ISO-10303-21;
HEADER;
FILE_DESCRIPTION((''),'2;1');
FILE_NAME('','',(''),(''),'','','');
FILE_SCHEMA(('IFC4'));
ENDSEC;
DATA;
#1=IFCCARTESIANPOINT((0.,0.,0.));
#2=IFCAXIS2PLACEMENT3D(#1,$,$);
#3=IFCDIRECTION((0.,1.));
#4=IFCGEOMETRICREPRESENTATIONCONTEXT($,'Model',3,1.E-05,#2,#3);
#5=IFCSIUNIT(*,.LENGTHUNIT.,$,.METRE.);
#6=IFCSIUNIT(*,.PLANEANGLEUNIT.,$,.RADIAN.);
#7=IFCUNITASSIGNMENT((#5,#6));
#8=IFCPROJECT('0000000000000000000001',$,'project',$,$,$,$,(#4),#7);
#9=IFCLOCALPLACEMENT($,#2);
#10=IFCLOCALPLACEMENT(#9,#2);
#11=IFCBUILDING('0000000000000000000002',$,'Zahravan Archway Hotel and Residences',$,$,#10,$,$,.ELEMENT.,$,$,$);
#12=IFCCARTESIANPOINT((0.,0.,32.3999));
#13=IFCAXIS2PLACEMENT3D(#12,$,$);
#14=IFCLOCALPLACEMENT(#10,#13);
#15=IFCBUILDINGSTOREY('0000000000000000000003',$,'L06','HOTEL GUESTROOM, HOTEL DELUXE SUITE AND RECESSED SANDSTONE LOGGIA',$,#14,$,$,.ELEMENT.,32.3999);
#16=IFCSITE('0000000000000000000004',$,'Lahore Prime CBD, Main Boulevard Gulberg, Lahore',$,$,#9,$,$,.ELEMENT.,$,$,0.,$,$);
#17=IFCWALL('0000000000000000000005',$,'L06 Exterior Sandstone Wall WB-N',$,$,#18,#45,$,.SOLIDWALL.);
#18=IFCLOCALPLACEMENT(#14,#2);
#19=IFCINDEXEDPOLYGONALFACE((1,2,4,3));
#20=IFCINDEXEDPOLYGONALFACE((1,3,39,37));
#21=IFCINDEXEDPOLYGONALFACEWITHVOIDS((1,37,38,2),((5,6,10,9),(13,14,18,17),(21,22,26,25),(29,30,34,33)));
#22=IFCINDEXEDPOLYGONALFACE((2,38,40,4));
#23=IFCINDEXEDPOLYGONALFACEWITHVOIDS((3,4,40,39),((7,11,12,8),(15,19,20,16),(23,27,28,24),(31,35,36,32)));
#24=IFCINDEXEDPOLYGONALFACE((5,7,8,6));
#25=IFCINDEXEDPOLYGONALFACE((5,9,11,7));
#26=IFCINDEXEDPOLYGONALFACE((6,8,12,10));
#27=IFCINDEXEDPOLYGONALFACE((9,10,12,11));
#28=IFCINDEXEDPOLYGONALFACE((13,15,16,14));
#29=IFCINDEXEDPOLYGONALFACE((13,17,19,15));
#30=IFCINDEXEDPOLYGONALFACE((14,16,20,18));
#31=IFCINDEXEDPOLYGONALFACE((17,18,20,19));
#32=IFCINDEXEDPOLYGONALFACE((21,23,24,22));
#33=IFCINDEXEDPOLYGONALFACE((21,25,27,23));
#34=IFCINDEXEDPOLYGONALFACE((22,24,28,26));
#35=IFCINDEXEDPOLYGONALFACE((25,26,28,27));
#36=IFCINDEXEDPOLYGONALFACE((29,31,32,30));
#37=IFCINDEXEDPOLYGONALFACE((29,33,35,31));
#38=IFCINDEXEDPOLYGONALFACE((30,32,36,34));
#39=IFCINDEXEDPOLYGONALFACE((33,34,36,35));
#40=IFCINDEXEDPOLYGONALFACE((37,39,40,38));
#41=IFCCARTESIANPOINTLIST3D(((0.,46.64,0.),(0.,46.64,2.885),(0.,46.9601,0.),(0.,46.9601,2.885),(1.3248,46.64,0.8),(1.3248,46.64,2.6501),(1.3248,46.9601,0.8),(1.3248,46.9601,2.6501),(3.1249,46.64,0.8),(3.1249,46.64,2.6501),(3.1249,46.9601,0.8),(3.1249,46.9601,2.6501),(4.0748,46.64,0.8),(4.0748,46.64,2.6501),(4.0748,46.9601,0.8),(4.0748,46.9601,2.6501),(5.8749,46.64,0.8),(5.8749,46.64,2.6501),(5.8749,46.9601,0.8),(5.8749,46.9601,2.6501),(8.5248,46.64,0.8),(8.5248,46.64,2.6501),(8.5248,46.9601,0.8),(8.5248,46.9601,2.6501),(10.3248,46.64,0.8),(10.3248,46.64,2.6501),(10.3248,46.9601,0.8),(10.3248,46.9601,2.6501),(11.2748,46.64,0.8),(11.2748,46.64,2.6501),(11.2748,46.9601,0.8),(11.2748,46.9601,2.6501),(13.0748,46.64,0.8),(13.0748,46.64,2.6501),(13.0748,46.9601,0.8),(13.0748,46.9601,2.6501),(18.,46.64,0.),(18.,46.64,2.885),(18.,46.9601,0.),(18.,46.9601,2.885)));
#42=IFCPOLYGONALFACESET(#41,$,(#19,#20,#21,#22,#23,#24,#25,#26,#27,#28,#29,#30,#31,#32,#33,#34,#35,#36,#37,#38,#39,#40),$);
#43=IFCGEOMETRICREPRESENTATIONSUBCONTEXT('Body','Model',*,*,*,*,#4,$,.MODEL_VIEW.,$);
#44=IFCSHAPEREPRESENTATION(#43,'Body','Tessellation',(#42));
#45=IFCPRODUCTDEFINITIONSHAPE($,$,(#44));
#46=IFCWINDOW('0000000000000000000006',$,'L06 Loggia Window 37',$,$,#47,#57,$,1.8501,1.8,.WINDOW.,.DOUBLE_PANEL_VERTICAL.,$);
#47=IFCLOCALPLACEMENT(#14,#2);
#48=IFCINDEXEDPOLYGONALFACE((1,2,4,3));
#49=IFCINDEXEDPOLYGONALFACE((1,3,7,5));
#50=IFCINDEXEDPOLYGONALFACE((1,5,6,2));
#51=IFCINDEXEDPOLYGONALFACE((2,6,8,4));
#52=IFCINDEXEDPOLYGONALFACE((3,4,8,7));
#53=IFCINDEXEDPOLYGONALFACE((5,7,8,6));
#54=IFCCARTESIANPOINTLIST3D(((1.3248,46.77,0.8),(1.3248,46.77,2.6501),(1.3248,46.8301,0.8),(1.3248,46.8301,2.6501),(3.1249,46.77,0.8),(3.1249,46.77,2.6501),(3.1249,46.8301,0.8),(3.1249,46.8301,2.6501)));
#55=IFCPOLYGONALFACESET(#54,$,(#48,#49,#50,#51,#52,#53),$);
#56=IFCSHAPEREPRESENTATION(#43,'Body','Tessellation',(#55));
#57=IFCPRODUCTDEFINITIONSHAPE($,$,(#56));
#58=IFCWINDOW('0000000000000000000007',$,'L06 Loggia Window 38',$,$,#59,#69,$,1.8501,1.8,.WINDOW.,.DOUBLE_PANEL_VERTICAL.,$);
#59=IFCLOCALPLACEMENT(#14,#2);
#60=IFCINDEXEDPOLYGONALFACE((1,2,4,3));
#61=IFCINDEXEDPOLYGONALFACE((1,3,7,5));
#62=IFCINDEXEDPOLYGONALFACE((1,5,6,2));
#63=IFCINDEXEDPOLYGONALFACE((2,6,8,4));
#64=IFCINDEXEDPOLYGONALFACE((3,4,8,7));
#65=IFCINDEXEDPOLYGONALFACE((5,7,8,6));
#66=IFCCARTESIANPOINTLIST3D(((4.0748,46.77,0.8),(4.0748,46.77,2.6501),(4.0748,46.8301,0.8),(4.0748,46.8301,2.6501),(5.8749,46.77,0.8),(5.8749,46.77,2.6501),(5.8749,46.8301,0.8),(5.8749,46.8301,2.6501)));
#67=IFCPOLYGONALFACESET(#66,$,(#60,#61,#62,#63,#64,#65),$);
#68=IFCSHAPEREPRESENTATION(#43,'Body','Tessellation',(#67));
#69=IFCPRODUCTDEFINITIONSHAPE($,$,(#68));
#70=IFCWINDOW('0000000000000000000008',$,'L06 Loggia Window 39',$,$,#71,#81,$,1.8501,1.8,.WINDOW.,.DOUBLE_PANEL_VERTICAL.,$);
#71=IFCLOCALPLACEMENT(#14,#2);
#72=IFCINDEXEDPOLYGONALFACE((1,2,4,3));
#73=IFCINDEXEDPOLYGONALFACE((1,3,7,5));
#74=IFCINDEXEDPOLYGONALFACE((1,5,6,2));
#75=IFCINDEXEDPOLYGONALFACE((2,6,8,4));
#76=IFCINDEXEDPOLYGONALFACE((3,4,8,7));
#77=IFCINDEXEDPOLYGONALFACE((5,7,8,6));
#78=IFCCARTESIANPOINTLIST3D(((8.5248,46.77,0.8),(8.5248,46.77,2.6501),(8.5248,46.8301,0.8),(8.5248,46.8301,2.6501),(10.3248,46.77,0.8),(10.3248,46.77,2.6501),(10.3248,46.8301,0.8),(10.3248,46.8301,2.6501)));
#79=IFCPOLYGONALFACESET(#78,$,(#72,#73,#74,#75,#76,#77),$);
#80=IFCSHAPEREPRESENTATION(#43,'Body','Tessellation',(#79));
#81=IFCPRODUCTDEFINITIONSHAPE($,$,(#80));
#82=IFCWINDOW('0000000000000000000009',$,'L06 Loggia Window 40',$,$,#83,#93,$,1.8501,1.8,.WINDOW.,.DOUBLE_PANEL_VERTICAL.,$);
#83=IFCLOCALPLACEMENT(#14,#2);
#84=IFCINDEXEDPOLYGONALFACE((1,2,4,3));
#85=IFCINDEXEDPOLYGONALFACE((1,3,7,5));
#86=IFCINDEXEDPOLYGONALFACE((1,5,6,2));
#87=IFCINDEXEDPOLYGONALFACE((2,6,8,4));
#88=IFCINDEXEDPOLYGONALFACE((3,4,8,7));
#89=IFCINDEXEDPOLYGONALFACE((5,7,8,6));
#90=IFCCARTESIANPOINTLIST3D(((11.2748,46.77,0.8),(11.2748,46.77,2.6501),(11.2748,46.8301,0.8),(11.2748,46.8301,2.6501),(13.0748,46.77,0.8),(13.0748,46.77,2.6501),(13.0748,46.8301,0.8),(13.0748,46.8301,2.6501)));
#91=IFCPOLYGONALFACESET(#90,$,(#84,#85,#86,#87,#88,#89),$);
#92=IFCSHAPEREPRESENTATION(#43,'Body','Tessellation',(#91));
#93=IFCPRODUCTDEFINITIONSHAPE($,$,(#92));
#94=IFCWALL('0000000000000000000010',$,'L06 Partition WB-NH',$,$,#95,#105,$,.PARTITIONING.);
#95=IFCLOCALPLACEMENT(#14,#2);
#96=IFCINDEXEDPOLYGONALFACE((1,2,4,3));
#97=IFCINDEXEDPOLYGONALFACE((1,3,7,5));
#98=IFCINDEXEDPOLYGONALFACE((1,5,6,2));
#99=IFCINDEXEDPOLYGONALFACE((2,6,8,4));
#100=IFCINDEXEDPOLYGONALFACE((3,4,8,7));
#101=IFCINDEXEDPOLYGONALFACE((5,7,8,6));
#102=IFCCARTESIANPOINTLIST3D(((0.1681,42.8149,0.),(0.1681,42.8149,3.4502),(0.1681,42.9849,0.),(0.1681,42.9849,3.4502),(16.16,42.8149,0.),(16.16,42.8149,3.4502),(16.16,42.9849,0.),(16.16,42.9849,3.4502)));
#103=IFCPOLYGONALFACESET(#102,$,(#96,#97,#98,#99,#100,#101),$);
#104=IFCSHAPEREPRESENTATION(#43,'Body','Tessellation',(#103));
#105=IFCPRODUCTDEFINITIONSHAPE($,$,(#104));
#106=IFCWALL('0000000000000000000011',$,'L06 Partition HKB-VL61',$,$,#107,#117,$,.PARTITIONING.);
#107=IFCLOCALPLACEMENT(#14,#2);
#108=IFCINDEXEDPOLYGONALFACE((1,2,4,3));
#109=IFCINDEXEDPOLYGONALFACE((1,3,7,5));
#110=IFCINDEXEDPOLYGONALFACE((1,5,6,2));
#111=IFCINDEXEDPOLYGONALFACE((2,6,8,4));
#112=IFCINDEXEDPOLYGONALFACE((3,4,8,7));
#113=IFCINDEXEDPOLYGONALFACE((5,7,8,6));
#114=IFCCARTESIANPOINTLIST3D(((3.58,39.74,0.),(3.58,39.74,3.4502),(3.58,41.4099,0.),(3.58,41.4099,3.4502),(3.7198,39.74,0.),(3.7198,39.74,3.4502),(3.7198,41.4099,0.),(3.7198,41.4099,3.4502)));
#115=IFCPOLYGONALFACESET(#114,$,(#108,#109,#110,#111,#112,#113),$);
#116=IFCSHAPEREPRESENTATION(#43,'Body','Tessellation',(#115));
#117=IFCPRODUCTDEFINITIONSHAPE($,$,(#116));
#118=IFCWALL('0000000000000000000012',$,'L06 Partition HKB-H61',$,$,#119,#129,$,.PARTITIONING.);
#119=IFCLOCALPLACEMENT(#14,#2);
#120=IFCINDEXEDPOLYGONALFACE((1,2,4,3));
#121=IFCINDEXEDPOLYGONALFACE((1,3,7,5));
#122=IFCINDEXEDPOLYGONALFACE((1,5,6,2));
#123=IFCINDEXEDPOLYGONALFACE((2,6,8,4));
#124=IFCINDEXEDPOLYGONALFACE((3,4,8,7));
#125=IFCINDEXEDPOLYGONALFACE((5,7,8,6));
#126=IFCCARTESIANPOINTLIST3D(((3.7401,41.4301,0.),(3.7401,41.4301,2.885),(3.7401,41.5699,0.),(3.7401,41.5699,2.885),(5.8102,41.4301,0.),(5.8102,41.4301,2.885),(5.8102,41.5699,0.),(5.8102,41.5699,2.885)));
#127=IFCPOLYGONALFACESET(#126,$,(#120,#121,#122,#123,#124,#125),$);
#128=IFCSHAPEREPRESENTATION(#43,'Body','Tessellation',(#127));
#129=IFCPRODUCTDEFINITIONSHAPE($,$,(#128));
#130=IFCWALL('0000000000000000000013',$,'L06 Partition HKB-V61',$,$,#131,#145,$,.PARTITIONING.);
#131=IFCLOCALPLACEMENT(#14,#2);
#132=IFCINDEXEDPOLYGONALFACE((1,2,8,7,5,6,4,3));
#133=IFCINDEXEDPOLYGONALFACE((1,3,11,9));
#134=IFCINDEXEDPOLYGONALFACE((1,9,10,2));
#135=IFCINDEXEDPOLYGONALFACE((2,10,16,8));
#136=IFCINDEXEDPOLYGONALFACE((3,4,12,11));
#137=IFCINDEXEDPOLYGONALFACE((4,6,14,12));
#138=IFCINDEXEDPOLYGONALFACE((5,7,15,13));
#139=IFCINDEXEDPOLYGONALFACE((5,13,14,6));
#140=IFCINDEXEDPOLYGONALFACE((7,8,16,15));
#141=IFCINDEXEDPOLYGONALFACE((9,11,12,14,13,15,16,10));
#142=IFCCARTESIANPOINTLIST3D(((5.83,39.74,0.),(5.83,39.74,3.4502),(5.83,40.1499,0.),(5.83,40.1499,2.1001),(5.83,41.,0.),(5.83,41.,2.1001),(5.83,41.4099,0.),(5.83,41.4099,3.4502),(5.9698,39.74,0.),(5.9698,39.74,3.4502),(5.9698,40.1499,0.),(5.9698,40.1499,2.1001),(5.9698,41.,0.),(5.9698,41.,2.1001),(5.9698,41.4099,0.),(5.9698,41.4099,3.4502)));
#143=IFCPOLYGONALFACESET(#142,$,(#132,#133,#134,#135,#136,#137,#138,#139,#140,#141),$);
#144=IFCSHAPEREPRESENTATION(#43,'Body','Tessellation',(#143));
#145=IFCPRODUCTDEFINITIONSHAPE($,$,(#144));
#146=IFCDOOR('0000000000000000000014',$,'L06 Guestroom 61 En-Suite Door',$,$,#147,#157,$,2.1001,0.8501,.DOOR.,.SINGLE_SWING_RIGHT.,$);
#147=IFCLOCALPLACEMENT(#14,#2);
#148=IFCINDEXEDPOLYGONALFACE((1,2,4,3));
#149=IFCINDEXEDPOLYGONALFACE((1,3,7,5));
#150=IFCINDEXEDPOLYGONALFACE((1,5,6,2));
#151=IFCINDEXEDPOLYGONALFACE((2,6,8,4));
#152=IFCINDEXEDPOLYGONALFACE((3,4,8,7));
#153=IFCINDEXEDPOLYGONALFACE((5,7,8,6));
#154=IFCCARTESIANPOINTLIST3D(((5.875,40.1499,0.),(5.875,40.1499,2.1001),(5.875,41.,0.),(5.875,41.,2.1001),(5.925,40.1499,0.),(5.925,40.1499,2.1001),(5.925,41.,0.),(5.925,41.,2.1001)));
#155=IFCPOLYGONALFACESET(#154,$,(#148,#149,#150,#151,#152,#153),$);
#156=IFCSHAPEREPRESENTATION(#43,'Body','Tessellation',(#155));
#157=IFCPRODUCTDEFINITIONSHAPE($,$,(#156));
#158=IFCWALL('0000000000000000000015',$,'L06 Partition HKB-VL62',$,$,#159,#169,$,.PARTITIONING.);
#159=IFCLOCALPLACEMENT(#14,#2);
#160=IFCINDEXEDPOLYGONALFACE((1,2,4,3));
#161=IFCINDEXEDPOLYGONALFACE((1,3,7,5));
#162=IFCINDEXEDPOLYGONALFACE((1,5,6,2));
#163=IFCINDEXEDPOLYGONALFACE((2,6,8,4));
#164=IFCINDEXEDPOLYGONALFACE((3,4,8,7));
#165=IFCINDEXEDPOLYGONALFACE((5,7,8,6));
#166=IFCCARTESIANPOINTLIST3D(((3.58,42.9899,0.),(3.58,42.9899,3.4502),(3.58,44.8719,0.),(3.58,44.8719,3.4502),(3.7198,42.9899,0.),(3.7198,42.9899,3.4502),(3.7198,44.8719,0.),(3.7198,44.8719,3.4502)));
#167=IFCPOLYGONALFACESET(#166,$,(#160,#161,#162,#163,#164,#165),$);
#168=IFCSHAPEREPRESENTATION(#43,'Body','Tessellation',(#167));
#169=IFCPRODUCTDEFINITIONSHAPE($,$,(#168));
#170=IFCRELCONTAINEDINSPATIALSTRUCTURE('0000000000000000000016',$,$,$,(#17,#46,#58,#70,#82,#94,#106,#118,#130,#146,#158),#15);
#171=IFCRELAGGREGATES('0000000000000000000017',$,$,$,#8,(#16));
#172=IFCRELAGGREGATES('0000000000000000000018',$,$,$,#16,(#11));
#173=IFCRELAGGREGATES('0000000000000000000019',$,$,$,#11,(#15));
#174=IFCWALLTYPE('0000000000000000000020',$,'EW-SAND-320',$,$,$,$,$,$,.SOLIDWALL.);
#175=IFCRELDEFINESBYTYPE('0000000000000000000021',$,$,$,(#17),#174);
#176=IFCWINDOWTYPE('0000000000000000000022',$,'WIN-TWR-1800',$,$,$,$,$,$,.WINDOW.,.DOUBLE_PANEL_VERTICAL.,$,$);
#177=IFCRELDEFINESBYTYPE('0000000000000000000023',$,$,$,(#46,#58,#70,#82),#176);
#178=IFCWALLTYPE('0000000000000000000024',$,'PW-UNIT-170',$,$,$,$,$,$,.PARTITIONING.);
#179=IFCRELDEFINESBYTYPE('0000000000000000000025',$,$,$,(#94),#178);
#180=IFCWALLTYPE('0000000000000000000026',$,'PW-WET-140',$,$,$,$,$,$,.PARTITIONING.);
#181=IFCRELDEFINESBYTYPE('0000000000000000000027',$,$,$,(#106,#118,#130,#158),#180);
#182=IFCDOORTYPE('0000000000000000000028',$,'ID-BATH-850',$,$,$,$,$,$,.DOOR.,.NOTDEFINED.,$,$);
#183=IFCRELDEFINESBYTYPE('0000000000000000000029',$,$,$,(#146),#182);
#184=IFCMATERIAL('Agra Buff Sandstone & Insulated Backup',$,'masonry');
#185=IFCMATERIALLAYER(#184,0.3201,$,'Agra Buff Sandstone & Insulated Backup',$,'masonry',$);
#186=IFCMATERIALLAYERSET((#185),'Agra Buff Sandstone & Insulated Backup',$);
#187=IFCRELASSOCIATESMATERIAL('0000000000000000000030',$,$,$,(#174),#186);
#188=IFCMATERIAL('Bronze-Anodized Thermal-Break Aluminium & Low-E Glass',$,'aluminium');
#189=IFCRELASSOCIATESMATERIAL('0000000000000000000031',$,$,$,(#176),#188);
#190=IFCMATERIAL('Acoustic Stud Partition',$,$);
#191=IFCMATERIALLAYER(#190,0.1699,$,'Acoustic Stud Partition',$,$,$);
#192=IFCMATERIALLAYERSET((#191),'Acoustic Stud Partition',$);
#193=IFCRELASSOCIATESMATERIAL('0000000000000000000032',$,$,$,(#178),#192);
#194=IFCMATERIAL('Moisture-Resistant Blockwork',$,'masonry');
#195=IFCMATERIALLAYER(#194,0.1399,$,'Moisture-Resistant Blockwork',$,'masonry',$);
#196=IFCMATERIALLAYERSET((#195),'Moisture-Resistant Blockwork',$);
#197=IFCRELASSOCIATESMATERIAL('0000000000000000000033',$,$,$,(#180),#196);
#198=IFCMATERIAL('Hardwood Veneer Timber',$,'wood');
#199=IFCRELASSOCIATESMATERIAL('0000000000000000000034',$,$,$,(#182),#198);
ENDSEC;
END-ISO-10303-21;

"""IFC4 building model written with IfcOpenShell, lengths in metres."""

from ifc_helpers import new_model, si_unit, direction, frame, frame_2d, origin, place, context, subcontext, project, spatial, rectangle, extrude, source, transform, mapped, material, layer, layer_set, type_object, type_shapes, element, fill, save


model = new_model("IFC4")

# Units and contexts
model_context = context("Model", 3, precision=1e-05, world=origin(), true_north=direction((0.0, 1.0)))
body_context = subcontext(model_context, "Body", "Model", "MODEL_VIEW")
ifc_project = project(units=[si_unit("LENGTHUNIT", "METRE"), si_unit("PLANEANGLEUNIT", "RADIAN")], contexts=[model_context])

# Site, building, storey
site_placement = place(None, origin())
site = spatial("IfcSite", under=ifc_project, at=site_placement, Name="Lahore Prime CBD, Main Boulevard Gulberg, Lahore", CompositionType="ELEMENT", RefElevation=0.0)
building_placement = place(site_placement, origin())
building = spatial("IfcBuilding", under=site, at=building_placement, Name="Zahravan Archway Hotel and Residences", CompositionType="ELEMENT")
storey_placement = place(building_placement, frame((0.0, 0.0, 32.3999)))
storey = spatial("IfcBuildingStorey", under=building, at=storey_placement, Name="L06", Description="HOTEL GUESTROOM, HOTEL DELUXE SUITE AND RECESSED SANDSTONE LOGGIA", CompositionType="ELEMENT", Elevation=32.3999)

# Wall, openings, windows
ifc_material_1 = material(Name="Agra Buff Sandstone & Insulated Backup", Category="masonry")
ifc_layer_1 = layer(ifc_material_1, 0.3201, Name="Agra Buff Sandstone & Insulated Backup", Category="masonry")
ifc_layer_set_1 = layer_set([ifc_layer_1], Name="Agra Buff Sandstone & Insulated Backup")
wall_type_1 = type_object("IfcWallType", Name="EW-SAND-320", PredefinedType="SOLIDWALL", material=ifc_layer_set_1)
wall_1_placement = place(storey_placement, frame((0.0, 46.8, 0.0), z_axis=(0.0, 0.0, 1.0), x_axis=(1.0, 0.0, 0.0)))
wall_1 = element("IfcWall", 1, at=wall_1_placement, inside=storey, type_object=wall_type_1, Name="L06 Exterior Sandstone Wall WB-N", PredefinedType="SOLIDWALL", context=body_context, shape_type="SweptSolid", body=[
    extrude(rectangle(XDim=18.0, YDim=0.3201, at=frame_2d((9.0, 0.0))), origin(), (0.0, 0.0, 1.0), 2.885),
])
opening_1_placement = place(wall_1_placement, frame((1.325, 0.0, 0.8)))
opening_1 = element("IfcOpeningElement", 2, at=opening_1_placement, cuts=wall_1, PredefinedType="OPENING", context=body_context, shape_type="SweptSolid", body=[
    extrude(rectangle(XDim=1.8, YDim=1.8501, at=frame_2d((0.8999, 0.925))), frame((0.0, 0.1699, 0.0), z_axis=(0.0, -1.0, 0.0), x_axis=(1.0, 0.0, 0.0)), (0.0, 0.0, 1.0), 0.3401),
])
opening_2_placement = place(wall_1_placement, frame((4.075, 0.0, 0.8)))
opening_2 = element("IfcOpeningElement", 3, at=opening_2_placement, cuts=wall_1, PredefinedType="OPENING", context=body_context, shape_type="SweptSolid", body=[
    extrude(rectangle(XDim=1.8, YDim=1.8501, at=frame_2d((0.8999, 0.925))), frame((0.0, 0.1699, 0.0), z_axis=(0.0, -1.0, 0.0), x_axis=(1.0, 0.0, 0.0)), (0.0, 0.0, 1.0), 0.3401),
])
opening_3_placement = place(wall_1_placement, frame((8.5249, 0.0, 0.8)))
opening_3 = element("IfcOpeningElement", 4, at=opening_3_placement, cuts=wall_1, PredefinedType="OPENING", context=body_context, shape_type="SweptSolid", body=[
    extrude(rectangle(XDim=1.8, YDim=1.8501, at=frame_2d((0.8999, 0.925))), frame((0.0, 0.1699, 0.0), z_axis=(0.0, -1.0, 0.0), x_axis=(1.0, 0.0, 0.0)), (0.0, 0.0, 1.0), 0.3401),
])
opening_4_placement = place(wall_1_placement, frame((11.2749, 0.0, 0.8)))
opening_4 = element("IfcOpeningElement", 5, at=opening_4_placement, cuts=wall_1, PredefinedType="OPENING", context=body_context, shape_type="SweptSolid", body=[
    extrude(rectangle(XDim=1.8, YDim=1.8501, at=frame_2d((0.8999, 0.925))), frame((0.0, 0.1699, 0.0), z_axis=(0.0, -1.0, 0.0), x_axis=(1.0, 0.0, 0.0)), (0.0, 0.0, 1.0), 0.3401),
])
ifc_material_2 = material(Name="Bronze-Anodized Thermal-Break Aluminium & Low-E Glass", Category="aluminium")
window_type = type_object("IfcWindowType", Name="WIN-TWR-1800", PartitioningType="DOUBLE_PANEL_VERTICAL", PredefinedType="WINDOW", material=ifc_material_2)
shared_shape_1 = source(origin(), body_context, "Body", "SweptSolid", [
    extrude(rectangle(XDim=1.8, YDim=1.8501, at=frame_2d((0.8999, 0.925))), frame((0.0, 0.03, 0.0), z_axis=(0.0, -1.0, 0.0), x_axis=(1.0, 0.0, 0.0)), (0.0, 0.0, 1.0), 0.0601),
])
type_shapes(window_type, [shared_shape_1])
window_1_placement = place(opening_1_placement, origin())
window_1 = element("IfcWindow", 6, at=window_1_placement, inside=storey, type_object=window_type, Name="L06 Loggia Window 37", OverallHeight=1.8501, OverallWidth=1.8, PartitioningType="DOUBLE_PANEL_VERTICAL", PredefinedType="WINDOW", context=body_context, shape_type="MappedRepresentation", body=[
    mapped(shared_shape_1, transform((0.0, 0.0, 0.0), scale=1.0)),
])
fill(opening_1, window_1)
window_2_placement = place(opening_2_placement, origin())
window_2 = element("IfcWindow", 7, at=window_2_placement, inside=storey, type_object=window_type, Name="L06 Loggia Window 38", OverallHeight=1.8501, OverallWidth=1.8, PartitioningType="DOUBLE_PANEL_VERTICAL", PredefinedType="WINDOW", context=body_context, shape_type="MappedRepresentation", body=[
    mapped(shared_shape_1, transform((0.0, 0.0, 0.0), scale=1.0)),
])
fill(opening_2, window_2)
window_3_placement = place(opening_3_placement, origin())
window_3 = element("IfcWindow", 8, at=window_3_placement, inside=storey, type_object=window_type, Name="L06 Loggia Window 39", OverallHeight=1.8501, OverallWidth=1.8, PartitioningType="DOUBLE_PANEL_VERTICAL", PredefinedType="WINDOW", context=body_context, shape_type="MappedRepresentation", body=[
    mapped(shared_shape_1, transform((0.0, 0.0, 0.0), scale=1.0)),
])
fill(opening_3, window_3)
window_4_placement = place(opening_4_placement, origin())
window_4 = element("IfcWindow", 9, at=window_4_placement, inside=storey, type_object=window_type, Name="L06 Loggia Window 40", OverallHeight=1.8501, OverallWidth=1.8, PartitioningType="DOUBLE_PANEL_VERTICAL", PredefinedType="WINDOW", context=body_context, shape_type="MappedRepresentation", body=[
    mapped(shared_shape_1, transform((0.0, 0.0, 0.0), scale=1.0)),
])
fill(opening_4, window_4)

# Shared definitions
ifc_material_3 = material(Name="Acoustic Stud Partition")
ifc_layer_2 = layer(ifc_material_3, 0.1699, Name="Acoustic Stud Partition")
ifc_layer_set_2 = layer_set([ifc_layer_2], Name="Acoustic Stud Partition")
wall_type_2 = type_object("IfcWallType", Name="PW-UNIT-170", PredefinedType="PARTITIONING", material=ifc_layer_set_2)
ifc_material_4 = material(Name="Hardwood Veneer Timber", Category="wood")

# Walls
wall_2_placement = place(storey_placement, frame((0.168, 42.8999, 0.0), z_axis=(0.0, 0.0, 1.0), x_axis=(1.0, 0.0, 0.0)))
element("IfcWall", 10, at=wall_2_placement, inside=storey, type_object=wall_type_2, Name="L06 Partition WB-NH", PredefinedType="PARTITIONING", context=body_context, shape_type="SweptSolid", body=[
    extrude(rectangle(XDim=15.9919, YDim=0.1699, at=frame_2d((7.9961, 0.0))), origin(), (0.0, 0.0, 1.0), 3.4502),
])
ifc_material_5 = material(Name="Moisture-Resistant Blockwork", Category="masonry")
ifc_layer_3 = layer(ifc_material_5, 0.1399, Name="Moisture-Resistant Blockwork", Category="masonry")
ifc_layer_set_3 = layer_set([ifc_layer_3], Name="Moisture-Resistant Blockwork")
wall_type_3 = type_object("IfcWallType", Name="PW-WET-140", PredefinedType="PARTITIONING", material=ifc_layer_set_3)
wall_3_placement = place(storey_placement, frame((3.6499, 39.74, 0.0), z_axis=(0.0, 0.0, 1.0), x_axis=(0.0, 1.0, 0.0)))
element("IfcWall", 11, at=wall_3_placement, inside=storey, type_object=wall_type_3, Name="L06 Partition HKB-VL61", PredefinedType="PARTITIONING", context=body_context, shape_type="SweptSolid", body=[
    extrude(rectangle(XDim=1.6699, YDim=0.1399, at=frame_2d((0.835, 0.0))), origin(), (0.0, 0.0, 1.0), 3.4502),
])
wall_4_placement = place(storey_placement, frame((3.74, 41.5, 0.0), z_axis=(0.0, 0.0, 1.0), x_axis=(1.0, 0.0, 0.0)))
element("IfcWall", 12, at=wall_4_placement, inside=storey, type_object=wall_type_3, Name="L06 Partition HKB-H61", PredefinedType="PARTITIONING", context=body_context, shape_type="SweptSolid", body=[
    extrude(rectangle(XDim=2.0701, YDim=0.1399, at=frame_2d((1.0352, 0.0))), origin(), (0.0, 0.0, 1.0), 2.885),
])

# Wall, opening, door
wall_5_placement = place(storey_placement, frame((5.8999, 39.74, 0.0), z_axis=(0.0, 0.0, 1.0), x_axis=(0.0, 1.0, 0.0)))
wall_5 = element("IfcWall", 13, at=wall_5_placement, inside=storey, type_object=wall_type_3, Name="L06 Partition HKB-V61", PredefinedType="PARTITIONING", context=body_context, shape_type="SweptSolid", body=[
    extrude(rectangle(XDim=1.6699, YDim=0.1399, at=frame_2d((0.835, 0.0))), origin(), (0.0, 0.0, 1.0), 3.4502),
])
opening_5_placement = place(wall_5_placement, frame((0.4099, 0.0, 0.0)))
opening_5 = element("IfcOpeningElement", 14, at=opening_5_placement, cuts=wall_5, PredefinedType="OPENING", context=body_context, shape_type="SweptSolid", body=[
    extrude(rectangle(XDim=0.8501, YDim=2.1001, at=frame_2d((0.425, 1.05))), frame((0.0, 0.0801, 0.0), z_axis=(0.0, -1.0, 0.0), x_axis=(1.0, 0.0, 0.0)), (0.0, 0.0, 1.0), 0.1599),
])
door_type_1 = type_object("IfcDoorType", Name="ID-BATH-850", OperationType="NOTDEFINED", PredefinedType="DOOR", material=ifc_material_4)
shared_shape_2 = source(origin(), body_context, "Body", "SweptSolid", [
    extrude(rectangle(XDim=0.8501, YDim=2.1001, at=frame_2d((0.425, 1.05))), frame((0.0, 0.0249, 0.0), z_axis=(0.0, -1.0, 0.0), x_axis=(1.0, 0.0, 0.0)), (0.0, 0.0, 1.0), 0.05),
])
type_shapes(door_type_1, [shared_shape_2])
door_1_placement = place(opening_5_placement, origin())
door_1 = element("IfcDoor", 15, at=door_1_placement, inside=storey, type_object=door_type_1, Name="L06 Guestroom 61 En-Suite Door", OperationType="SINGLE_SWING_RIGHT", OverallHeight=2.1001, OverallWidth=0.8501, PredefinedType="DOOR", context=body_context, shape_type="MappedRepresentation", body=[
    mapped(shared_shape_2, transform((0.0, 0.0, 0.0), scale=1.0)),
])
fill(opening_5, door_1)

# Wall
wall_6_placement = place(storey_placement, frame((3.6499, 42.99, 0.0), z_axis=(0.0, 0.0, 1.0), x_axis=(0.0, 1.0, 0.0)))
element("IfcWall", 16, at=wall_6_placement, inside=storey, type_object=wall_type_3, Name="L06 Partition HKB-VL62", PredefinedType="PARTITIONING", context=body_context, shape_type="SweptSolid", body=[
    extrude(rectangle(XDim=1.8821, YDim=0.1399, at=frame_2d((0.9409, 0.0))), origin(), (0.0, 0.0, 1.0), 3.4502),
])

save(model, "model.ifc")
